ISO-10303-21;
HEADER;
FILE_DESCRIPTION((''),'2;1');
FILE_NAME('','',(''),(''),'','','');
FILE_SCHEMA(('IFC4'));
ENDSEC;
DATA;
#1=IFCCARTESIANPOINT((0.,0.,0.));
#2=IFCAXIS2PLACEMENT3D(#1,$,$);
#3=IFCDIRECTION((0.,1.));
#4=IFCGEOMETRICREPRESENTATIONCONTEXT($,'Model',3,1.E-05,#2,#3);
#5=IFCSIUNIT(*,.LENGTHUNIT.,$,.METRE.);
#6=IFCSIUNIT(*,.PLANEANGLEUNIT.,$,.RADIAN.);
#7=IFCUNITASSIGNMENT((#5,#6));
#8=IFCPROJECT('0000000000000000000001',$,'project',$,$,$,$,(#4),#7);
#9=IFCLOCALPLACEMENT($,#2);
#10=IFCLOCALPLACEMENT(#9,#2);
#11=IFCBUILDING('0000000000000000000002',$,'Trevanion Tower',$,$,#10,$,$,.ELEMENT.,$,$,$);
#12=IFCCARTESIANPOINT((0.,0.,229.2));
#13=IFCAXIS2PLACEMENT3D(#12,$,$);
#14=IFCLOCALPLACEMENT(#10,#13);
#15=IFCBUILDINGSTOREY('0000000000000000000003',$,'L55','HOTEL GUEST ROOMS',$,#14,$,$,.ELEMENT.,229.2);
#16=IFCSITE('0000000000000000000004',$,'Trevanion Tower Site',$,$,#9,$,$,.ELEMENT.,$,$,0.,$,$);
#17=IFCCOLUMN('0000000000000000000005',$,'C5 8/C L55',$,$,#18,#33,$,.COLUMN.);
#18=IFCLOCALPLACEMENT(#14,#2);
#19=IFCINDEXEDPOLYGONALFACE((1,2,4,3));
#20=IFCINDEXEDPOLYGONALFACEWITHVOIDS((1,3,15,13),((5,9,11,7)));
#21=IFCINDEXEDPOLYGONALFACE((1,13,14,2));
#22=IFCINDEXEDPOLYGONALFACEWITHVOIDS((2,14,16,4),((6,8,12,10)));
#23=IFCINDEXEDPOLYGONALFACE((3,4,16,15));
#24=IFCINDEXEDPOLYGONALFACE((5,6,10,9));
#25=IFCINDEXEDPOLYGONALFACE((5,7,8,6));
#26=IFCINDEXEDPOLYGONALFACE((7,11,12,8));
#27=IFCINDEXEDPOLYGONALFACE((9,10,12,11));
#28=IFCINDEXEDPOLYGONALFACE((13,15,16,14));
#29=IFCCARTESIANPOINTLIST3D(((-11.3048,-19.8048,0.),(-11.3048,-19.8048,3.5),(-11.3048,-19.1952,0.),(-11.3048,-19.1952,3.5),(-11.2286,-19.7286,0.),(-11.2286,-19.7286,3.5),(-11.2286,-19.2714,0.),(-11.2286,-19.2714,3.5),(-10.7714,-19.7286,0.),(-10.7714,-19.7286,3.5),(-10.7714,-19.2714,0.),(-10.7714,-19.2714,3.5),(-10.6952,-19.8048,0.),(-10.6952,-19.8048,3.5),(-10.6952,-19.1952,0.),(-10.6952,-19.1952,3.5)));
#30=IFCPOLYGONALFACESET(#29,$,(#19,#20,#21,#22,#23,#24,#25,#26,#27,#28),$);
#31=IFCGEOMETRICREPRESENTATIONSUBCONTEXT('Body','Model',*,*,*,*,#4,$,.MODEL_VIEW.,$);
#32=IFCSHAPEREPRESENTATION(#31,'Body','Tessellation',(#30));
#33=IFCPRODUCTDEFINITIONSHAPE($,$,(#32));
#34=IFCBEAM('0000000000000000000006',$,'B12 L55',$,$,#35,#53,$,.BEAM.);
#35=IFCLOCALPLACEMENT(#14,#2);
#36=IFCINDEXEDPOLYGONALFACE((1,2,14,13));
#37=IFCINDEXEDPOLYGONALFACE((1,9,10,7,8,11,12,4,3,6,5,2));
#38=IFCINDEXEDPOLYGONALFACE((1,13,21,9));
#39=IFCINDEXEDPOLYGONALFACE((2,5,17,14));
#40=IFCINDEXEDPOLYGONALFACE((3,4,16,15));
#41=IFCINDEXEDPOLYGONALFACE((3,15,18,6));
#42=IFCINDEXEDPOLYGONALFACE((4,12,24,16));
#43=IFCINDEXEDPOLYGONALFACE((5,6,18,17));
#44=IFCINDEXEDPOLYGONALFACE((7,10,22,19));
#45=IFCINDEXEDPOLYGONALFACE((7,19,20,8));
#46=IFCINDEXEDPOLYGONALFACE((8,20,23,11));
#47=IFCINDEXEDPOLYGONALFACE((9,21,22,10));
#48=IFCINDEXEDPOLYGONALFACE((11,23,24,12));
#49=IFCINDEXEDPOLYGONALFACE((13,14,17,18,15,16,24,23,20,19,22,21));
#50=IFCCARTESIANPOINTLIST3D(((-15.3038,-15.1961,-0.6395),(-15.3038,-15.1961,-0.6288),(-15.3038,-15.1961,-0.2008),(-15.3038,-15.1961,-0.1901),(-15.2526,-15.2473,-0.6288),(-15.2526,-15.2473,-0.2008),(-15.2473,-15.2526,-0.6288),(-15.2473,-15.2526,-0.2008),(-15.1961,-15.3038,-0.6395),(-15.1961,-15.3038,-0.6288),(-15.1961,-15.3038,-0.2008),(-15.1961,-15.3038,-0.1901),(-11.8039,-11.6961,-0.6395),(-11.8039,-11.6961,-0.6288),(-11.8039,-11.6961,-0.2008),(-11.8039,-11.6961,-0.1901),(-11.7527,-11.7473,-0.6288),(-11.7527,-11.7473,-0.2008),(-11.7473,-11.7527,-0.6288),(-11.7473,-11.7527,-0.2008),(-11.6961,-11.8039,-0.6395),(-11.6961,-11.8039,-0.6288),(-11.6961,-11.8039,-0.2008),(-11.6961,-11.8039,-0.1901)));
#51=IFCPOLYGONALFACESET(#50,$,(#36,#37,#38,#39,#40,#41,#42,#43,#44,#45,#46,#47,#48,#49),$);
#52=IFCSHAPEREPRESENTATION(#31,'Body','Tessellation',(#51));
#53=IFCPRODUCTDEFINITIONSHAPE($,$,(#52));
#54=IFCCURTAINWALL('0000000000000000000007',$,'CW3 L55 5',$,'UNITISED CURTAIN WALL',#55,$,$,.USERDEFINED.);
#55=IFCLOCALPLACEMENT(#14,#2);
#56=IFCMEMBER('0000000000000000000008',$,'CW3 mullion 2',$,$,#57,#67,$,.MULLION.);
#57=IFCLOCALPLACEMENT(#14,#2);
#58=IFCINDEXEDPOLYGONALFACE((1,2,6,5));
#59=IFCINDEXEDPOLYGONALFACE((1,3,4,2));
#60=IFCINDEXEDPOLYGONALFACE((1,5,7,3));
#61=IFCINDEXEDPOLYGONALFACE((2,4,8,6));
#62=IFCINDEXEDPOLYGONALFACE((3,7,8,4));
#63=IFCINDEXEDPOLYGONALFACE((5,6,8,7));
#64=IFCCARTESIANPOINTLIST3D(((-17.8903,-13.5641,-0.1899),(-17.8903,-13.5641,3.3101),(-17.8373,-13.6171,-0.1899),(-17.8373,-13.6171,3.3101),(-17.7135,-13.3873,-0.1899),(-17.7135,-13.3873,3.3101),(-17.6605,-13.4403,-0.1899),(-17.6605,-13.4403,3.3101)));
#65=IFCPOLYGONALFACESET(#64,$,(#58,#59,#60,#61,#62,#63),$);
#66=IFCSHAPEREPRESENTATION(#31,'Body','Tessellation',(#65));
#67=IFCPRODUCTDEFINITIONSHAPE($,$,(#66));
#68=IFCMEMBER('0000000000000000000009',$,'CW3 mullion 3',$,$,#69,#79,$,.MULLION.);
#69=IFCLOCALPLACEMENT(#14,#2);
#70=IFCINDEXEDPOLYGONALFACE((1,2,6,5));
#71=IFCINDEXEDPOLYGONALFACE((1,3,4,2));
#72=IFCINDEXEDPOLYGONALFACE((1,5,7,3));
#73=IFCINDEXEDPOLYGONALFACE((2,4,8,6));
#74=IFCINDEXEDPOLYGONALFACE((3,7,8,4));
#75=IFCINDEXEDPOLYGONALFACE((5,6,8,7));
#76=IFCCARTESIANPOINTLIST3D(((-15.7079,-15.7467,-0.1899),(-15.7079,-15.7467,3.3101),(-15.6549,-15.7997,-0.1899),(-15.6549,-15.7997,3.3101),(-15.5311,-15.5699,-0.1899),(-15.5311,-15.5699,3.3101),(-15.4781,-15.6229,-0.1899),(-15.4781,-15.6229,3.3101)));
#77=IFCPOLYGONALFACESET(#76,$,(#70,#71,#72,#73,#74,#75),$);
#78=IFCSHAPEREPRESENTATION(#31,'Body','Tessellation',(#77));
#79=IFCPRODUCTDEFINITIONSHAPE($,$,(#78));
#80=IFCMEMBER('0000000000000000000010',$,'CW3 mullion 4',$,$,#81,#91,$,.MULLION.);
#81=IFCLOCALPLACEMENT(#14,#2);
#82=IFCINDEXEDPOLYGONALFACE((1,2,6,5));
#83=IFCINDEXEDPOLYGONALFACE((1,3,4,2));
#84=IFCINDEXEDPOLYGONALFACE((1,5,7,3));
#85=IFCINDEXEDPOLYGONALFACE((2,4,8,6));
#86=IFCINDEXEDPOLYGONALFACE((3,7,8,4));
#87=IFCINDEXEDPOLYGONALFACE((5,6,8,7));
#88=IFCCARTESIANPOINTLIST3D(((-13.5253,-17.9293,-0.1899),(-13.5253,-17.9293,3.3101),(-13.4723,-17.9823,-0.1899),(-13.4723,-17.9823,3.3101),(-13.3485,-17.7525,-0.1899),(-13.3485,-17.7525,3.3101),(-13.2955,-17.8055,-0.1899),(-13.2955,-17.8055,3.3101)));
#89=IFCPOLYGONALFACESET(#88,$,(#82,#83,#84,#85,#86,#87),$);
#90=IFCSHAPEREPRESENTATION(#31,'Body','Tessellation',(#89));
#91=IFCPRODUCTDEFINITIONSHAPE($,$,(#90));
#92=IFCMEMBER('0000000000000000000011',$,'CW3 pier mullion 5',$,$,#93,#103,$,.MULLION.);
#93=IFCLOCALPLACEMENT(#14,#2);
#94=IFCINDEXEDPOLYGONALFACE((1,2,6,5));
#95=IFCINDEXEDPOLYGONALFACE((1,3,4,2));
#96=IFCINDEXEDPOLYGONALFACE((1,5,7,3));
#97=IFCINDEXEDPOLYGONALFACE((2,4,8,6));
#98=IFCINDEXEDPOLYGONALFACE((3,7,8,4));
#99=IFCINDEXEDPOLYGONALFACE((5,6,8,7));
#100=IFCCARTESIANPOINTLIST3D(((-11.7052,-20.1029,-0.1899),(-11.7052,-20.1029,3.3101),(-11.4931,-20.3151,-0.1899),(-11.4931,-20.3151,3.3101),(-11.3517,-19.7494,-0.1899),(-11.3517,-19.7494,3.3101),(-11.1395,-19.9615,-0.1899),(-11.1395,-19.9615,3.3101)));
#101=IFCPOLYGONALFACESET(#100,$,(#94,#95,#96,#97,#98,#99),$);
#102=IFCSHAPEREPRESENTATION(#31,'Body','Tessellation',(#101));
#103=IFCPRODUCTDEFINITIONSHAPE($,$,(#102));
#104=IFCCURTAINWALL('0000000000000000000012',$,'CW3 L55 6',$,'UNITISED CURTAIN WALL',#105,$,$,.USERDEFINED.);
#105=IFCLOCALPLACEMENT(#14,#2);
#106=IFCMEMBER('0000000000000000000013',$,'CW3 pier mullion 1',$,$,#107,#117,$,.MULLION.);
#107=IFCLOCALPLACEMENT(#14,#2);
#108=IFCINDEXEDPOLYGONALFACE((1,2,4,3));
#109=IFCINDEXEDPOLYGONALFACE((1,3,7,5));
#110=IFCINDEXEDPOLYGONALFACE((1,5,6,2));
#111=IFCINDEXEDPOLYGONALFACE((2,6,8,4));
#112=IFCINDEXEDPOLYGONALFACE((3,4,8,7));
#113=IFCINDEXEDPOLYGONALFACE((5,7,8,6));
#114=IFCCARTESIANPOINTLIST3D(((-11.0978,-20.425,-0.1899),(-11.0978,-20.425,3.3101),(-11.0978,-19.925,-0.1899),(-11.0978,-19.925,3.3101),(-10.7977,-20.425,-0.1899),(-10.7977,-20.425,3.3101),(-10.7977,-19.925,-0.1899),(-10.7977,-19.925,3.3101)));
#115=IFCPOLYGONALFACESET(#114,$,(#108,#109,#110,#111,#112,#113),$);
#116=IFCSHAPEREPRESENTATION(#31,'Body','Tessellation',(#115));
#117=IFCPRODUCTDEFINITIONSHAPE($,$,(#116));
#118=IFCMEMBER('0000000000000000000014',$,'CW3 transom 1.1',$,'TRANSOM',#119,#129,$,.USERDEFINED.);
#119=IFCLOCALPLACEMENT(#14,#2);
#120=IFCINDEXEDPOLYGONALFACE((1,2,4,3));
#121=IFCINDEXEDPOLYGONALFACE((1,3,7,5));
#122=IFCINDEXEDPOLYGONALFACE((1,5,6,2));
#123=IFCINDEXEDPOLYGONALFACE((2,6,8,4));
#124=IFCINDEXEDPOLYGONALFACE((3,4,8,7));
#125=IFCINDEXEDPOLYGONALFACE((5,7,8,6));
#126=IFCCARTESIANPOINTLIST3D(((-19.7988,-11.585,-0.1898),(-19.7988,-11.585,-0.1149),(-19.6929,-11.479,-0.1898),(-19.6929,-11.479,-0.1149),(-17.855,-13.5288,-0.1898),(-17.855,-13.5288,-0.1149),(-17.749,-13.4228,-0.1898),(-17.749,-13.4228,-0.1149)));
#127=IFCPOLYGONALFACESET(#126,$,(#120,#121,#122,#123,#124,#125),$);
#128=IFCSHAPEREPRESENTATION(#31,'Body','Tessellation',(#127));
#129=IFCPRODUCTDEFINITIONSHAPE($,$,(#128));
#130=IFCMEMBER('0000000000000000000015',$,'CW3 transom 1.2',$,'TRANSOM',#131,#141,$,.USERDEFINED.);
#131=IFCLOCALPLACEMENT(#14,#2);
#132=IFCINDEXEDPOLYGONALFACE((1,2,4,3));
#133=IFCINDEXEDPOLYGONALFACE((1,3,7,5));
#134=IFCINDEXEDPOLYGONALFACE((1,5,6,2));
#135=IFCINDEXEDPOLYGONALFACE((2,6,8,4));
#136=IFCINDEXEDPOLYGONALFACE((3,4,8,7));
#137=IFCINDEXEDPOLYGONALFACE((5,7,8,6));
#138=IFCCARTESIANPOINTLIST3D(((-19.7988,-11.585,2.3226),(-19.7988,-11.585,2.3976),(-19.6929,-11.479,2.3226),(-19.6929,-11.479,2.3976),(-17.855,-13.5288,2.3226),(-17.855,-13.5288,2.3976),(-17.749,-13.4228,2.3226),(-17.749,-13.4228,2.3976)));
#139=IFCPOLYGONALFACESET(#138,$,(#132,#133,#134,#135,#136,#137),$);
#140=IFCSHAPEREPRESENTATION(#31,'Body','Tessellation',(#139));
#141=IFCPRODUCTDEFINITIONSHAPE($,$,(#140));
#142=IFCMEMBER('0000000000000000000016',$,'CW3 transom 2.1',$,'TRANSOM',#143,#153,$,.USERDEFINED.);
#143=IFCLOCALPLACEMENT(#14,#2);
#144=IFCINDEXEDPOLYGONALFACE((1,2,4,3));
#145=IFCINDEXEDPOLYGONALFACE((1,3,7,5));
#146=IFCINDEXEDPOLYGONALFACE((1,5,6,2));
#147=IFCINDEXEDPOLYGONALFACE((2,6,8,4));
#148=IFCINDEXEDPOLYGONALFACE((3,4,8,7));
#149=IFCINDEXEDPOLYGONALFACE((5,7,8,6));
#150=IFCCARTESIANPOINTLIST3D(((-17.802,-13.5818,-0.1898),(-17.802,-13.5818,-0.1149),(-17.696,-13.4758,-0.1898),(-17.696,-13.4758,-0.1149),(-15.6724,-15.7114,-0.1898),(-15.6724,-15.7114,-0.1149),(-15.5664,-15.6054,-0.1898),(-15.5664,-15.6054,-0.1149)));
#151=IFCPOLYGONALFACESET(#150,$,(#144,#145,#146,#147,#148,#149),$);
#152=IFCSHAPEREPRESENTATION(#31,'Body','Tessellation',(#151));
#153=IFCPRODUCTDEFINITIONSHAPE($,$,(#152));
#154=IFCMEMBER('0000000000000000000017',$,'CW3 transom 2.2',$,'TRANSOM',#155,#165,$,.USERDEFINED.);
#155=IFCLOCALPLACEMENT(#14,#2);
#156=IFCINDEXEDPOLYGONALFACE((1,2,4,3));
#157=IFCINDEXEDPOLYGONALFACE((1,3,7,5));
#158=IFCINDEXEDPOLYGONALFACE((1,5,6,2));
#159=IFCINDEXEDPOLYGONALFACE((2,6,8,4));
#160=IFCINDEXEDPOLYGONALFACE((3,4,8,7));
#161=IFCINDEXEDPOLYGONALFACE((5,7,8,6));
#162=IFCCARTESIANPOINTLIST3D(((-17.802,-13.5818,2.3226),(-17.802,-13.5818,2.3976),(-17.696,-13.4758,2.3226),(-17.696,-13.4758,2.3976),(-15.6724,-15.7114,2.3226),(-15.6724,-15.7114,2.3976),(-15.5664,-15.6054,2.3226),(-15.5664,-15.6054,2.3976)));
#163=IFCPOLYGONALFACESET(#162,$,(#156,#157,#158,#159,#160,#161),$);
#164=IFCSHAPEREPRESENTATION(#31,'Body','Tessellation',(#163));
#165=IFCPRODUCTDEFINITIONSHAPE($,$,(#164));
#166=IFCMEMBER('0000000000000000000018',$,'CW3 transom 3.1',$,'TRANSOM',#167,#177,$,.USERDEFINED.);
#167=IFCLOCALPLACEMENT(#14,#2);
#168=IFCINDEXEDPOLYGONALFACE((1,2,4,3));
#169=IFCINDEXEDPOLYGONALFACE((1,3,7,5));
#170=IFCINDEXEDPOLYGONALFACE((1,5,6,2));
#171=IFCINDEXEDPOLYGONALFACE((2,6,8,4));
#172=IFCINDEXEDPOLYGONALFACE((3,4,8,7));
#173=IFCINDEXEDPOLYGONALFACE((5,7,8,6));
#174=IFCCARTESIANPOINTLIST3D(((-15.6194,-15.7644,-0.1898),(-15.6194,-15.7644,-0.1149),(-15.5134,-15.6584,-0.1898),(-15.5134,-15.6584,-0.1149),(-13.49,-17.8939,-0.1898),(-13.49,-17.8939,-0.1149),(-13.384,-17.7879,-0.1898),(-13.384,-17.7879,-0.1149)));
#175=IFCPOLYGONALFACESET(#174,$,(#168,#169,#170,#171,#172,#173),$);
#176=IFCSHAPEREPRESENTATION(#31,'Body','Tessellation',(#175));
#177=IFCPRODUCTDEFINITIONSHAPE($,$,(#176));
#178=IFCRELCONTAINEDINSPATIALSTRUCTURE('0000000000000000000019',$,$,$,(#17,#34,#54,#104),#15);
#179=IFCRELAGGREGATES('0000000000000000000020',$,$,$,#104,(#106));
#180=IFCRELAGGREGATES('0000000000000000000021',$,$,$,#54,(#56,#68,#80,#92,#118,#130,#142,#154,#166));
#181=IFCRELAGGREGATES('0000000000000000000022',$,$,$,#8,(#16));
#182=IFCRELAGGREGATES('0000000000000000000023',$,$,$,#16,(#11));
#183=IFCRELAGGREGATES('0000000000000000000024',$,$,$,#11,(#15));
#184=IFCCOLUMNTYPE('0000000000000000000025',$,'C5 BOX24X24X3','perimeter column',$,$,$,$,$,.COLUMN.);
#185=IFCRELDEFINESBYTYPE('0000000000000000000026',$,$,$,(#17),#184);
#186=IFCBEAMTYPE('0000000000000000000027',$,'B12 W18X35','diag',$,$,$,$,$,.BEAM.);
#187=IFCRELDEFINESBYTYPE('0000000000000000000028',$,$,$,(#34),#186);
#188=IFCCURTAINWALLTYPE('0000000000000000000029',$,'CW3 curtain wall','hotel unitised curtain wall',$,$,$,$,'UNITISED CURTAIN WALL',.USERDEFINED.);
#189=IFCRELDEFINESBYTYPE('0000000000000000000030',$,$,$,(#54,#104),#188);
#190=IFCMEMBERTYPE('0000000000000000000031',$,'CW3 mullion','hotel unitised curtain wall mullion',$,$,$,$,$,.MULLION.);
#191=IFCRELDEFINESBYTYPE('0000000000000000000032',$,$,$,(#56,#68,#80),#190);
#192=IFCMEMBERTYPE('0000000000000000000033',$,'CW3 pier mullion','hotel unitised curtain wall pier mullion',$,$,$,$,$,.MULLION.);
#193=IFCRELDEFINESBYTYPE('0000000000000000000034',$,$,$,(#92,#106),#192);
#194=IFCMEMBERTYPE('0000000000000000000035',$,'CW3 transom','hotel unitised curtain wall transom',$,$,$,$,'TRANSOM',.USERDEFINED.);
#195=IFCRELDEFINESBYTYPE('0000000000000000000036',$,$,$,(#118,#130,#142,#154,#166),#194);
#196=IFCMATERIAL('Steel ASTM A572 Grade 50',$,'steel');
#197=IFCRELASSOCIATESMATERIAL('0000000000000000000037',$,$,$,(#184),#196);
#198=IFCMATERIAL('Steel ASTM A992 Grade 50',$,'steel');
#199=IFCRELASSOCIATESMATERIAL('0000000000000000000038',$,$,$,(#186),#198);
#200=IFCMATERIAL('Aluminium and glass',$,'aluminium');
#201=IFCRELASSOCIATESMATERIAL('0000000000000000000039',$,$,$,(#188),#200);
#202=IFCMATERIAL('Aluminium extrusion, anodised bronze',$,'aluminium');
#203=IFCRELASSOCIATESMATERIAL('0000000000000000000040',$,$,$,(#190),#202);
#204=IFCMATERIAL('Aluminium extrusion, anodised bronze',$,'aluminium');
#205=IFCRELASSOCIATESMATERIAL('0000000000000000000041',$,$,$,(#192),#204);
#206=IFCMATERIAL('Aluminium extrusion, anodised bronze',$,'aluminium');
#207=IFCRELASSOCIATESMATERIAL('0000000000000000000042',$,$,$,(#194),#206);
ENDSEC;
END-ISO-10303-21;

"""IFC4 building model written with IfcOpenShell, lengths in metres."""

from ifc_helpers import new_model, si_unit, direction, frame, origin, origin_2d, place, context, subcontext, project, spatial, rectangle, hollow_rectangle, i_section, extrude, material, material_profile, profile_set, type_object, element, aggregate, save


model = new_model("IFC4")

# Units and contexts
model_context = context("Model", 3, precision=1e-05, world=origin(), true_north=direction((0.0, 1.0)))
body_context = subcontext(model_context, "Body", "Model", "MODEL_VIEW")
ifc_project = project(units=[si_unit("LENGTHUNIT", "METRE"), si_unit("PLANEANGLEUNIT", "RADIAN")], contexts=[model_context])

# Site, building, storey
site_placement = place(None, origin())
site = spatial("IfcSite", under=ifc_project, at=site_placement, Name="Trevanion Tower Site", CompositionType="ELEMENT", RefElevation=0.0)
building_placement = place(site_placement, origin())
building = spatial("IfcBuilding", under=site, at=building_placement, Name="Trevanion Tower", CompositionType="ELEMENT")
storey_placement = place(building_placement, frame((0.0, 0.0, 229.2)))
storey = spatial("IfcBuildingStorey", under=building, at=storey_placement, Name="L55", Description="HOTEL GUEST ROOMS", CompositionType="ELEMENT", Elevation=229.2)

# Column
ifc_material_1 = material(Name="Steel ASTM A572 Grade 50", Category="steel")
ifc_material_profile_1 = material_profile(ifc_material_1, hollow_rectangle(XDim=0.6096, YDim=0.6096, WallThickness=0.0762, at=origin_2d()), Name="BOX24X24X3")
ifc_profile_set_1 = profile_set([ifc_material_profile_1], Name="Steel ASTM A572 Grade 50")
column_type = type_object("IfcColumnType", Name="C5 BOX24X24X3", Description="perimeter column", PredefinedType="COLUMN", material=ifc_profile_set_1)
column_placement = place(storey_placement, frame((-11.0, -19.5, 0.0), z_axis=(0.0, 0.0, 1.0), x_axis=(1.0, 0.0, 0.0)))
element("IfcColumn", 1, at=column_placement, inside=storey, type_object=column_type, Name="C5 8/C L55", PredefinedType="COLUMN", context=body_context, shape_type="SweptSolid", body=[
    extrude(hollow_rectangle(XDim=0.6096, YDim=0.6096, WallThickness=0.0762, at=origin_2d()), origin(), (0.0, 0.0, 1.0), 3.5),
])

# Beam
ifc_material_2 = material(Name="Steel ASTM A992 Grade 50", Category="steel")
ifc_material_profile_2 = material_profile(ifc_material_2, i_section(OverallWidth=0.1523, OverallDepth=0.4495, WebThickness=0.0076, FlangeThickness=0.0107, at=origin_2d()), Name="W18X35")
ifc_profile_set_2 = profile_set([ifc_material_profile_2], Name="Steel ASTM A992 Grade 50")
beam_type_1 = type_object("IfcBeamType", Name="B12 W18X35", Description="diag", PredefinedType="BEAM", material=ifc_profile_set_2)
beam_1_placement = place(storey_placement, frame((-11.75, -11.75, -0.4148), z_axis=(-0.707107, -0.707107, 0.0), x_axis=(0.707107, -0.707107, 0.0)))
element("IfcBeam", 2, at=beam_1_placement, inside=storey, type_object=beam_type_1, Name="B12 L55", PredefinedType="BEAM", context=body_context, shape_type="SweptSolid", body=[
    extrude(i_section(OverallWidth=0.1523, OverallDepth=0.4495, WebThickness=0.0076, FlangeThickness=0.0107, at=origin_2d()), origin(), (0.0, 0.0, 1.0), 4.9497),
])

# Curtain wall, members
ifc_material_3 = material(Name="Aluminium and glass", Category="aluminium")
curtain_wall_type = type_object("IfcCurtainWallType", Name="CW3 curtain wall", Description="hotel unitised curtain wall", ElementType="UNITISED CURTAIN WALL", PredefinedType="USERDEFINED", material=ifc_material_3)
curtain_wall_1_placement = place(storey_placement, origin())
curtain_wall_1 = element("IfcCurtainWall", 3, at=curtain_wall_1_placement, inside=storey, type_object=curtain_wall_type, Name="CW3 L55 5", ObjectType="UNITISED CURTAIN WALL", PredefinedType="USERDEFINED")
ifc_material_4 = material(Name="Aluminium extrusion, anodised bronze", Category="aluminium")
ifc_material_profile_3 = material_profile(ifc_material_4, rectangle(XDim=0.075, YDim=0.25, at=origin_2d()), Name="CW3 mullion")
ifc_profile_set_3 = profile_set([ifc_material_profile_3], Name="Aluminium extrusion, anodised bronze")
member_type_1 = type_object("IfcMemberType", Name="CW3 mullion", Description="hotel unitised curtain wall mullion", PredefinedType="MULLION", material=ifc_profile_set_3)
member_1_placement = place(storey_placement, frame((-17.7754, -13.5022, -0.1899), z_axis=(0.0, 0.0, 1.0), x_axis=(0.707107, -0.707107, 0.0)))
member_1 = element("IfcMember", 4, at=member_1_placement, type_object=member_type_1, Name="CW3 mullion 2", PredefinedType="MULLION", context=body_context, shape_type="SweptSolid", body=[
    extrude(rectangle(XDim=0.075, YDim=0.25, at=origin_2d()), origin(), (0.0, 0.0, 1.0), 3.5),
])
member_2_placement = place(storey_placement, frame((-15.593, -15.6848, -0.1899), z_axis=(0.0, 0.0, 1.0), x_axis=(0.707107, -0.707107, 0.0)))
member_2 = element("IfcMember", 5, at=member_2_placement, type_object=member_type_1, Name="CW3 mullion 3", PredefinedType="MULLION", context=body_context, shape_type="SweptSolid", body=[
    extrude(rectangle(XDim=0.075, YDim=0.25, at=origin_2d()), origin(), (0.0, 0.0, 1.0), 3.5),
])
member_3_placement = place(storey_placement, frame((-13.4104, -17.8674, -0.1899), z_axis=(0.0, 0.0, 1.0), x_axis=(0.707107, -0.707107, 0.0)))
member_3 = element("IfcMember", 6, at=member_3_placement, type_object=member_type_1, Name="CW3 mullion 4", PredefinedType="MULLION", context=body_context, shape_type="SweptSolid", body=[
    extrude(rectangle(XDim=0.075, YDim=0.25, at=origin_2d()), origin(), (0.0, 0.0, 1.0), 3.5),
])
ifc_material_5 = material(Name="Aluminium extrusion, anodised bronze", Category="aluminium")
ifc_material_profile_4 = material_profile(ifc_material_5, rectangle(XDim=0.3, YDim=0.5, at=origin_2d()), Name="CW3 pier mullion")
ifc_profile_set_4 = profile_set([ifc_material_profile_4], Name="Aluminium extrusion, anodised bronze")
member_type_2 = type_object("IfcMemberType", Name="CW3 pier mullion", Description="hotel unitised curtain wall pier mullion", PredefinedType="MULLION", material=ifc_profile_set_4)
member_4_placement = place(storey_placement, frame((-11.4224, -20.0322, -0.1899), z_axis=(0.0, 0.0, 1.0), x_axis=(0.707107, -0.707107, 0.0)))
member_4 = element("IfcMember", 7, at=member_4_placement, type_object=member_type_2, Name="CW3 pier mullion 5", PredefinedType="MULLION", context=body_context, shape_type="SweptSolid", body=[
    extrude(rectangle(XDim=0.3, YDim=0.5, at=origin_2d()), origin(), (0.0, 0.0, 1.0), 3.5),
])

# Curtain wall, member
curtain_wall_2_placement = place(storey_placement, origin())
curtain_wall_2 = element("IfcCurtainWall", 8, at=curtain_wall_2_placement, inside=storey, type_object=curtain_wall_type, Name="CW3 L55 6", ObjectType="UNITISED CURTAIN WALL", PredefinedType="USERDEFINED")
member_5_placement = place(storey_placement, frame((-10.9478, -20.175, -0.1899), z_axis=(0.0, 0.0, 1.0), x_axis=(1.0, 0.0, 0.0)))
member_5 = element("IfcMember", 9, at=member_5_placement, type_object=member_type_2, Name="CW3 pier mullion 1", PredefinedType="MULLION", context=body_context, shape_type="SweptSolid", body=[
    extrude(rectangle(XDim=0.3, YDim=0.5, at=origin_2d()), origin(), (0.0, 0.0, 1.0), 3.5),
])

# Members
ifc_material_6 = material(Name="Aluminium extrusion, anodised bronze", Category="aluminium")
ifc_material_profile_5 = material_profile(ifc_material_6, rectangle(XDim=0.1499, YDim=0.075, at=origin_2d()), Name="CW3 transom")
ifc_profile_set_5 = profile_set([ifc_material_profile_5], Name="Aluminium extrusion, anodised bronze")
member_type_3 = type_object("IfcMemberType", Name="CW3 transom", Description="hotel unitised curtain wall transom", ElementType="TRANSOM", PredefinedType="USERDEFINED", material=ifc_profile_set_5)
member_6_placement = place(storey_placement, frame((-19.7458, -11.532, -0.1523), z_axis=(0.707107, -0.707107, 0.0), x_axis=(0.707107, 0.707107, 0.0)))
member_6 = element("IfcMember", 10, at=member_6_placement, type_object=member_type_3, Name="CW3 transom 1.1", ObjectType="TRANSOM", PredefinedType="USERDEFINED", context=body_context, shape_type="SweptSolid", body=[
    extrude(rectangle(XDim=0.1499, YDim=0.075, at=origin_2d()), origin(), (0.0, 0.0, 1.0), 2.749),
])
member_7_placement = place(storey_placement, frame((-19.7458, -11.532, 2.3601), z_axis=(0.707107, -0.707107, 0.0), x_axis=(0.707107, 0.707107, 0.0)))
member_7 = element("IfcMember", 11, at=member_7_placement, type_object=member_type_3, Name="CW3 transom 1.2", ObjectType="TRANSOM", PredefinedType="USERDEFINED", context=body_context, shape_type="SweptSolid", body=[
    extrude(rectangle(XDim=0.1499, YDim=0.075, at=origin_2d()), origin(), (0.0, 0.0, 1.0), 2.749),
])
member_8_placement = place(storey_placement, frame((-17.749, -13.5288, -0.1523), z_axis=(0.707107, -0.707107, 0.0), x_axis=(0.707107, 0.707107, 0.0)))
member_8 = element("IfcMember", 12, at=member_8_placement, type_object=member_type_3, Name="CW3 transom 2.1", ObjectType="TRANSOM", PredefinedType="USERDEFINED", context=body_context, shape_type="SweptSolid", body=[
    extrude(rectangle(XDim=0.1499, YDim=0.075, at=origin_2d()), origin(), (0.0, 0.0, 1.0), 3.0117),
])
member_9_placement = place(storey_placement, frame((-17.749, -13.5288, 2.3601), z_axis=(0.707107, -0.707107, 0.0), x_axis=(0.707107, 0.707107, 0.0)))
member_9 = element("IfcMember", 13, at=member_9_placement, type_object=member_type_3, Name="CW3 transom 2.2", ObjectType="TRANSOM", PredefinedType="USERDEFINED", context=body_context, shape_type="SweptSolid", body=[
    extrude(rectangle(XDim=0.1499, YDim=0.075, at=origin_2d()), origin(), (0.0, 0.0, 1.0), 3.0117),
])
member_10_placement = place(storey_placement, frame((-15.5664, -15.7114, -0.1523), z_axis=(0.707107, -0.707107, 0.0), x_axis=(0.707107, 0.707107, 0.0)))
member_10 = element("IfcMember", 14, at=member_10_placement, type_object=member_type_3, Name="CW3 transom 3.1", ObjectType="TRANSOM", PredefinedType="USERDEFINED", context=body_context, shape_type="SweptSolid", body=[
    extrude(rectangle(XDim=0.1499, YDim=0.075, at=origin_2d()), origin(), (0.0, 0.0, 1.0), 3.0115),
])
aggregate(curtain_wall_2, [member_5])

aggregate(curtain_wall_1, [member_1, member_2, member_3, member_4, member_6, member_7, member_8, member_9, member_10])

save(model, "model.ifc")
